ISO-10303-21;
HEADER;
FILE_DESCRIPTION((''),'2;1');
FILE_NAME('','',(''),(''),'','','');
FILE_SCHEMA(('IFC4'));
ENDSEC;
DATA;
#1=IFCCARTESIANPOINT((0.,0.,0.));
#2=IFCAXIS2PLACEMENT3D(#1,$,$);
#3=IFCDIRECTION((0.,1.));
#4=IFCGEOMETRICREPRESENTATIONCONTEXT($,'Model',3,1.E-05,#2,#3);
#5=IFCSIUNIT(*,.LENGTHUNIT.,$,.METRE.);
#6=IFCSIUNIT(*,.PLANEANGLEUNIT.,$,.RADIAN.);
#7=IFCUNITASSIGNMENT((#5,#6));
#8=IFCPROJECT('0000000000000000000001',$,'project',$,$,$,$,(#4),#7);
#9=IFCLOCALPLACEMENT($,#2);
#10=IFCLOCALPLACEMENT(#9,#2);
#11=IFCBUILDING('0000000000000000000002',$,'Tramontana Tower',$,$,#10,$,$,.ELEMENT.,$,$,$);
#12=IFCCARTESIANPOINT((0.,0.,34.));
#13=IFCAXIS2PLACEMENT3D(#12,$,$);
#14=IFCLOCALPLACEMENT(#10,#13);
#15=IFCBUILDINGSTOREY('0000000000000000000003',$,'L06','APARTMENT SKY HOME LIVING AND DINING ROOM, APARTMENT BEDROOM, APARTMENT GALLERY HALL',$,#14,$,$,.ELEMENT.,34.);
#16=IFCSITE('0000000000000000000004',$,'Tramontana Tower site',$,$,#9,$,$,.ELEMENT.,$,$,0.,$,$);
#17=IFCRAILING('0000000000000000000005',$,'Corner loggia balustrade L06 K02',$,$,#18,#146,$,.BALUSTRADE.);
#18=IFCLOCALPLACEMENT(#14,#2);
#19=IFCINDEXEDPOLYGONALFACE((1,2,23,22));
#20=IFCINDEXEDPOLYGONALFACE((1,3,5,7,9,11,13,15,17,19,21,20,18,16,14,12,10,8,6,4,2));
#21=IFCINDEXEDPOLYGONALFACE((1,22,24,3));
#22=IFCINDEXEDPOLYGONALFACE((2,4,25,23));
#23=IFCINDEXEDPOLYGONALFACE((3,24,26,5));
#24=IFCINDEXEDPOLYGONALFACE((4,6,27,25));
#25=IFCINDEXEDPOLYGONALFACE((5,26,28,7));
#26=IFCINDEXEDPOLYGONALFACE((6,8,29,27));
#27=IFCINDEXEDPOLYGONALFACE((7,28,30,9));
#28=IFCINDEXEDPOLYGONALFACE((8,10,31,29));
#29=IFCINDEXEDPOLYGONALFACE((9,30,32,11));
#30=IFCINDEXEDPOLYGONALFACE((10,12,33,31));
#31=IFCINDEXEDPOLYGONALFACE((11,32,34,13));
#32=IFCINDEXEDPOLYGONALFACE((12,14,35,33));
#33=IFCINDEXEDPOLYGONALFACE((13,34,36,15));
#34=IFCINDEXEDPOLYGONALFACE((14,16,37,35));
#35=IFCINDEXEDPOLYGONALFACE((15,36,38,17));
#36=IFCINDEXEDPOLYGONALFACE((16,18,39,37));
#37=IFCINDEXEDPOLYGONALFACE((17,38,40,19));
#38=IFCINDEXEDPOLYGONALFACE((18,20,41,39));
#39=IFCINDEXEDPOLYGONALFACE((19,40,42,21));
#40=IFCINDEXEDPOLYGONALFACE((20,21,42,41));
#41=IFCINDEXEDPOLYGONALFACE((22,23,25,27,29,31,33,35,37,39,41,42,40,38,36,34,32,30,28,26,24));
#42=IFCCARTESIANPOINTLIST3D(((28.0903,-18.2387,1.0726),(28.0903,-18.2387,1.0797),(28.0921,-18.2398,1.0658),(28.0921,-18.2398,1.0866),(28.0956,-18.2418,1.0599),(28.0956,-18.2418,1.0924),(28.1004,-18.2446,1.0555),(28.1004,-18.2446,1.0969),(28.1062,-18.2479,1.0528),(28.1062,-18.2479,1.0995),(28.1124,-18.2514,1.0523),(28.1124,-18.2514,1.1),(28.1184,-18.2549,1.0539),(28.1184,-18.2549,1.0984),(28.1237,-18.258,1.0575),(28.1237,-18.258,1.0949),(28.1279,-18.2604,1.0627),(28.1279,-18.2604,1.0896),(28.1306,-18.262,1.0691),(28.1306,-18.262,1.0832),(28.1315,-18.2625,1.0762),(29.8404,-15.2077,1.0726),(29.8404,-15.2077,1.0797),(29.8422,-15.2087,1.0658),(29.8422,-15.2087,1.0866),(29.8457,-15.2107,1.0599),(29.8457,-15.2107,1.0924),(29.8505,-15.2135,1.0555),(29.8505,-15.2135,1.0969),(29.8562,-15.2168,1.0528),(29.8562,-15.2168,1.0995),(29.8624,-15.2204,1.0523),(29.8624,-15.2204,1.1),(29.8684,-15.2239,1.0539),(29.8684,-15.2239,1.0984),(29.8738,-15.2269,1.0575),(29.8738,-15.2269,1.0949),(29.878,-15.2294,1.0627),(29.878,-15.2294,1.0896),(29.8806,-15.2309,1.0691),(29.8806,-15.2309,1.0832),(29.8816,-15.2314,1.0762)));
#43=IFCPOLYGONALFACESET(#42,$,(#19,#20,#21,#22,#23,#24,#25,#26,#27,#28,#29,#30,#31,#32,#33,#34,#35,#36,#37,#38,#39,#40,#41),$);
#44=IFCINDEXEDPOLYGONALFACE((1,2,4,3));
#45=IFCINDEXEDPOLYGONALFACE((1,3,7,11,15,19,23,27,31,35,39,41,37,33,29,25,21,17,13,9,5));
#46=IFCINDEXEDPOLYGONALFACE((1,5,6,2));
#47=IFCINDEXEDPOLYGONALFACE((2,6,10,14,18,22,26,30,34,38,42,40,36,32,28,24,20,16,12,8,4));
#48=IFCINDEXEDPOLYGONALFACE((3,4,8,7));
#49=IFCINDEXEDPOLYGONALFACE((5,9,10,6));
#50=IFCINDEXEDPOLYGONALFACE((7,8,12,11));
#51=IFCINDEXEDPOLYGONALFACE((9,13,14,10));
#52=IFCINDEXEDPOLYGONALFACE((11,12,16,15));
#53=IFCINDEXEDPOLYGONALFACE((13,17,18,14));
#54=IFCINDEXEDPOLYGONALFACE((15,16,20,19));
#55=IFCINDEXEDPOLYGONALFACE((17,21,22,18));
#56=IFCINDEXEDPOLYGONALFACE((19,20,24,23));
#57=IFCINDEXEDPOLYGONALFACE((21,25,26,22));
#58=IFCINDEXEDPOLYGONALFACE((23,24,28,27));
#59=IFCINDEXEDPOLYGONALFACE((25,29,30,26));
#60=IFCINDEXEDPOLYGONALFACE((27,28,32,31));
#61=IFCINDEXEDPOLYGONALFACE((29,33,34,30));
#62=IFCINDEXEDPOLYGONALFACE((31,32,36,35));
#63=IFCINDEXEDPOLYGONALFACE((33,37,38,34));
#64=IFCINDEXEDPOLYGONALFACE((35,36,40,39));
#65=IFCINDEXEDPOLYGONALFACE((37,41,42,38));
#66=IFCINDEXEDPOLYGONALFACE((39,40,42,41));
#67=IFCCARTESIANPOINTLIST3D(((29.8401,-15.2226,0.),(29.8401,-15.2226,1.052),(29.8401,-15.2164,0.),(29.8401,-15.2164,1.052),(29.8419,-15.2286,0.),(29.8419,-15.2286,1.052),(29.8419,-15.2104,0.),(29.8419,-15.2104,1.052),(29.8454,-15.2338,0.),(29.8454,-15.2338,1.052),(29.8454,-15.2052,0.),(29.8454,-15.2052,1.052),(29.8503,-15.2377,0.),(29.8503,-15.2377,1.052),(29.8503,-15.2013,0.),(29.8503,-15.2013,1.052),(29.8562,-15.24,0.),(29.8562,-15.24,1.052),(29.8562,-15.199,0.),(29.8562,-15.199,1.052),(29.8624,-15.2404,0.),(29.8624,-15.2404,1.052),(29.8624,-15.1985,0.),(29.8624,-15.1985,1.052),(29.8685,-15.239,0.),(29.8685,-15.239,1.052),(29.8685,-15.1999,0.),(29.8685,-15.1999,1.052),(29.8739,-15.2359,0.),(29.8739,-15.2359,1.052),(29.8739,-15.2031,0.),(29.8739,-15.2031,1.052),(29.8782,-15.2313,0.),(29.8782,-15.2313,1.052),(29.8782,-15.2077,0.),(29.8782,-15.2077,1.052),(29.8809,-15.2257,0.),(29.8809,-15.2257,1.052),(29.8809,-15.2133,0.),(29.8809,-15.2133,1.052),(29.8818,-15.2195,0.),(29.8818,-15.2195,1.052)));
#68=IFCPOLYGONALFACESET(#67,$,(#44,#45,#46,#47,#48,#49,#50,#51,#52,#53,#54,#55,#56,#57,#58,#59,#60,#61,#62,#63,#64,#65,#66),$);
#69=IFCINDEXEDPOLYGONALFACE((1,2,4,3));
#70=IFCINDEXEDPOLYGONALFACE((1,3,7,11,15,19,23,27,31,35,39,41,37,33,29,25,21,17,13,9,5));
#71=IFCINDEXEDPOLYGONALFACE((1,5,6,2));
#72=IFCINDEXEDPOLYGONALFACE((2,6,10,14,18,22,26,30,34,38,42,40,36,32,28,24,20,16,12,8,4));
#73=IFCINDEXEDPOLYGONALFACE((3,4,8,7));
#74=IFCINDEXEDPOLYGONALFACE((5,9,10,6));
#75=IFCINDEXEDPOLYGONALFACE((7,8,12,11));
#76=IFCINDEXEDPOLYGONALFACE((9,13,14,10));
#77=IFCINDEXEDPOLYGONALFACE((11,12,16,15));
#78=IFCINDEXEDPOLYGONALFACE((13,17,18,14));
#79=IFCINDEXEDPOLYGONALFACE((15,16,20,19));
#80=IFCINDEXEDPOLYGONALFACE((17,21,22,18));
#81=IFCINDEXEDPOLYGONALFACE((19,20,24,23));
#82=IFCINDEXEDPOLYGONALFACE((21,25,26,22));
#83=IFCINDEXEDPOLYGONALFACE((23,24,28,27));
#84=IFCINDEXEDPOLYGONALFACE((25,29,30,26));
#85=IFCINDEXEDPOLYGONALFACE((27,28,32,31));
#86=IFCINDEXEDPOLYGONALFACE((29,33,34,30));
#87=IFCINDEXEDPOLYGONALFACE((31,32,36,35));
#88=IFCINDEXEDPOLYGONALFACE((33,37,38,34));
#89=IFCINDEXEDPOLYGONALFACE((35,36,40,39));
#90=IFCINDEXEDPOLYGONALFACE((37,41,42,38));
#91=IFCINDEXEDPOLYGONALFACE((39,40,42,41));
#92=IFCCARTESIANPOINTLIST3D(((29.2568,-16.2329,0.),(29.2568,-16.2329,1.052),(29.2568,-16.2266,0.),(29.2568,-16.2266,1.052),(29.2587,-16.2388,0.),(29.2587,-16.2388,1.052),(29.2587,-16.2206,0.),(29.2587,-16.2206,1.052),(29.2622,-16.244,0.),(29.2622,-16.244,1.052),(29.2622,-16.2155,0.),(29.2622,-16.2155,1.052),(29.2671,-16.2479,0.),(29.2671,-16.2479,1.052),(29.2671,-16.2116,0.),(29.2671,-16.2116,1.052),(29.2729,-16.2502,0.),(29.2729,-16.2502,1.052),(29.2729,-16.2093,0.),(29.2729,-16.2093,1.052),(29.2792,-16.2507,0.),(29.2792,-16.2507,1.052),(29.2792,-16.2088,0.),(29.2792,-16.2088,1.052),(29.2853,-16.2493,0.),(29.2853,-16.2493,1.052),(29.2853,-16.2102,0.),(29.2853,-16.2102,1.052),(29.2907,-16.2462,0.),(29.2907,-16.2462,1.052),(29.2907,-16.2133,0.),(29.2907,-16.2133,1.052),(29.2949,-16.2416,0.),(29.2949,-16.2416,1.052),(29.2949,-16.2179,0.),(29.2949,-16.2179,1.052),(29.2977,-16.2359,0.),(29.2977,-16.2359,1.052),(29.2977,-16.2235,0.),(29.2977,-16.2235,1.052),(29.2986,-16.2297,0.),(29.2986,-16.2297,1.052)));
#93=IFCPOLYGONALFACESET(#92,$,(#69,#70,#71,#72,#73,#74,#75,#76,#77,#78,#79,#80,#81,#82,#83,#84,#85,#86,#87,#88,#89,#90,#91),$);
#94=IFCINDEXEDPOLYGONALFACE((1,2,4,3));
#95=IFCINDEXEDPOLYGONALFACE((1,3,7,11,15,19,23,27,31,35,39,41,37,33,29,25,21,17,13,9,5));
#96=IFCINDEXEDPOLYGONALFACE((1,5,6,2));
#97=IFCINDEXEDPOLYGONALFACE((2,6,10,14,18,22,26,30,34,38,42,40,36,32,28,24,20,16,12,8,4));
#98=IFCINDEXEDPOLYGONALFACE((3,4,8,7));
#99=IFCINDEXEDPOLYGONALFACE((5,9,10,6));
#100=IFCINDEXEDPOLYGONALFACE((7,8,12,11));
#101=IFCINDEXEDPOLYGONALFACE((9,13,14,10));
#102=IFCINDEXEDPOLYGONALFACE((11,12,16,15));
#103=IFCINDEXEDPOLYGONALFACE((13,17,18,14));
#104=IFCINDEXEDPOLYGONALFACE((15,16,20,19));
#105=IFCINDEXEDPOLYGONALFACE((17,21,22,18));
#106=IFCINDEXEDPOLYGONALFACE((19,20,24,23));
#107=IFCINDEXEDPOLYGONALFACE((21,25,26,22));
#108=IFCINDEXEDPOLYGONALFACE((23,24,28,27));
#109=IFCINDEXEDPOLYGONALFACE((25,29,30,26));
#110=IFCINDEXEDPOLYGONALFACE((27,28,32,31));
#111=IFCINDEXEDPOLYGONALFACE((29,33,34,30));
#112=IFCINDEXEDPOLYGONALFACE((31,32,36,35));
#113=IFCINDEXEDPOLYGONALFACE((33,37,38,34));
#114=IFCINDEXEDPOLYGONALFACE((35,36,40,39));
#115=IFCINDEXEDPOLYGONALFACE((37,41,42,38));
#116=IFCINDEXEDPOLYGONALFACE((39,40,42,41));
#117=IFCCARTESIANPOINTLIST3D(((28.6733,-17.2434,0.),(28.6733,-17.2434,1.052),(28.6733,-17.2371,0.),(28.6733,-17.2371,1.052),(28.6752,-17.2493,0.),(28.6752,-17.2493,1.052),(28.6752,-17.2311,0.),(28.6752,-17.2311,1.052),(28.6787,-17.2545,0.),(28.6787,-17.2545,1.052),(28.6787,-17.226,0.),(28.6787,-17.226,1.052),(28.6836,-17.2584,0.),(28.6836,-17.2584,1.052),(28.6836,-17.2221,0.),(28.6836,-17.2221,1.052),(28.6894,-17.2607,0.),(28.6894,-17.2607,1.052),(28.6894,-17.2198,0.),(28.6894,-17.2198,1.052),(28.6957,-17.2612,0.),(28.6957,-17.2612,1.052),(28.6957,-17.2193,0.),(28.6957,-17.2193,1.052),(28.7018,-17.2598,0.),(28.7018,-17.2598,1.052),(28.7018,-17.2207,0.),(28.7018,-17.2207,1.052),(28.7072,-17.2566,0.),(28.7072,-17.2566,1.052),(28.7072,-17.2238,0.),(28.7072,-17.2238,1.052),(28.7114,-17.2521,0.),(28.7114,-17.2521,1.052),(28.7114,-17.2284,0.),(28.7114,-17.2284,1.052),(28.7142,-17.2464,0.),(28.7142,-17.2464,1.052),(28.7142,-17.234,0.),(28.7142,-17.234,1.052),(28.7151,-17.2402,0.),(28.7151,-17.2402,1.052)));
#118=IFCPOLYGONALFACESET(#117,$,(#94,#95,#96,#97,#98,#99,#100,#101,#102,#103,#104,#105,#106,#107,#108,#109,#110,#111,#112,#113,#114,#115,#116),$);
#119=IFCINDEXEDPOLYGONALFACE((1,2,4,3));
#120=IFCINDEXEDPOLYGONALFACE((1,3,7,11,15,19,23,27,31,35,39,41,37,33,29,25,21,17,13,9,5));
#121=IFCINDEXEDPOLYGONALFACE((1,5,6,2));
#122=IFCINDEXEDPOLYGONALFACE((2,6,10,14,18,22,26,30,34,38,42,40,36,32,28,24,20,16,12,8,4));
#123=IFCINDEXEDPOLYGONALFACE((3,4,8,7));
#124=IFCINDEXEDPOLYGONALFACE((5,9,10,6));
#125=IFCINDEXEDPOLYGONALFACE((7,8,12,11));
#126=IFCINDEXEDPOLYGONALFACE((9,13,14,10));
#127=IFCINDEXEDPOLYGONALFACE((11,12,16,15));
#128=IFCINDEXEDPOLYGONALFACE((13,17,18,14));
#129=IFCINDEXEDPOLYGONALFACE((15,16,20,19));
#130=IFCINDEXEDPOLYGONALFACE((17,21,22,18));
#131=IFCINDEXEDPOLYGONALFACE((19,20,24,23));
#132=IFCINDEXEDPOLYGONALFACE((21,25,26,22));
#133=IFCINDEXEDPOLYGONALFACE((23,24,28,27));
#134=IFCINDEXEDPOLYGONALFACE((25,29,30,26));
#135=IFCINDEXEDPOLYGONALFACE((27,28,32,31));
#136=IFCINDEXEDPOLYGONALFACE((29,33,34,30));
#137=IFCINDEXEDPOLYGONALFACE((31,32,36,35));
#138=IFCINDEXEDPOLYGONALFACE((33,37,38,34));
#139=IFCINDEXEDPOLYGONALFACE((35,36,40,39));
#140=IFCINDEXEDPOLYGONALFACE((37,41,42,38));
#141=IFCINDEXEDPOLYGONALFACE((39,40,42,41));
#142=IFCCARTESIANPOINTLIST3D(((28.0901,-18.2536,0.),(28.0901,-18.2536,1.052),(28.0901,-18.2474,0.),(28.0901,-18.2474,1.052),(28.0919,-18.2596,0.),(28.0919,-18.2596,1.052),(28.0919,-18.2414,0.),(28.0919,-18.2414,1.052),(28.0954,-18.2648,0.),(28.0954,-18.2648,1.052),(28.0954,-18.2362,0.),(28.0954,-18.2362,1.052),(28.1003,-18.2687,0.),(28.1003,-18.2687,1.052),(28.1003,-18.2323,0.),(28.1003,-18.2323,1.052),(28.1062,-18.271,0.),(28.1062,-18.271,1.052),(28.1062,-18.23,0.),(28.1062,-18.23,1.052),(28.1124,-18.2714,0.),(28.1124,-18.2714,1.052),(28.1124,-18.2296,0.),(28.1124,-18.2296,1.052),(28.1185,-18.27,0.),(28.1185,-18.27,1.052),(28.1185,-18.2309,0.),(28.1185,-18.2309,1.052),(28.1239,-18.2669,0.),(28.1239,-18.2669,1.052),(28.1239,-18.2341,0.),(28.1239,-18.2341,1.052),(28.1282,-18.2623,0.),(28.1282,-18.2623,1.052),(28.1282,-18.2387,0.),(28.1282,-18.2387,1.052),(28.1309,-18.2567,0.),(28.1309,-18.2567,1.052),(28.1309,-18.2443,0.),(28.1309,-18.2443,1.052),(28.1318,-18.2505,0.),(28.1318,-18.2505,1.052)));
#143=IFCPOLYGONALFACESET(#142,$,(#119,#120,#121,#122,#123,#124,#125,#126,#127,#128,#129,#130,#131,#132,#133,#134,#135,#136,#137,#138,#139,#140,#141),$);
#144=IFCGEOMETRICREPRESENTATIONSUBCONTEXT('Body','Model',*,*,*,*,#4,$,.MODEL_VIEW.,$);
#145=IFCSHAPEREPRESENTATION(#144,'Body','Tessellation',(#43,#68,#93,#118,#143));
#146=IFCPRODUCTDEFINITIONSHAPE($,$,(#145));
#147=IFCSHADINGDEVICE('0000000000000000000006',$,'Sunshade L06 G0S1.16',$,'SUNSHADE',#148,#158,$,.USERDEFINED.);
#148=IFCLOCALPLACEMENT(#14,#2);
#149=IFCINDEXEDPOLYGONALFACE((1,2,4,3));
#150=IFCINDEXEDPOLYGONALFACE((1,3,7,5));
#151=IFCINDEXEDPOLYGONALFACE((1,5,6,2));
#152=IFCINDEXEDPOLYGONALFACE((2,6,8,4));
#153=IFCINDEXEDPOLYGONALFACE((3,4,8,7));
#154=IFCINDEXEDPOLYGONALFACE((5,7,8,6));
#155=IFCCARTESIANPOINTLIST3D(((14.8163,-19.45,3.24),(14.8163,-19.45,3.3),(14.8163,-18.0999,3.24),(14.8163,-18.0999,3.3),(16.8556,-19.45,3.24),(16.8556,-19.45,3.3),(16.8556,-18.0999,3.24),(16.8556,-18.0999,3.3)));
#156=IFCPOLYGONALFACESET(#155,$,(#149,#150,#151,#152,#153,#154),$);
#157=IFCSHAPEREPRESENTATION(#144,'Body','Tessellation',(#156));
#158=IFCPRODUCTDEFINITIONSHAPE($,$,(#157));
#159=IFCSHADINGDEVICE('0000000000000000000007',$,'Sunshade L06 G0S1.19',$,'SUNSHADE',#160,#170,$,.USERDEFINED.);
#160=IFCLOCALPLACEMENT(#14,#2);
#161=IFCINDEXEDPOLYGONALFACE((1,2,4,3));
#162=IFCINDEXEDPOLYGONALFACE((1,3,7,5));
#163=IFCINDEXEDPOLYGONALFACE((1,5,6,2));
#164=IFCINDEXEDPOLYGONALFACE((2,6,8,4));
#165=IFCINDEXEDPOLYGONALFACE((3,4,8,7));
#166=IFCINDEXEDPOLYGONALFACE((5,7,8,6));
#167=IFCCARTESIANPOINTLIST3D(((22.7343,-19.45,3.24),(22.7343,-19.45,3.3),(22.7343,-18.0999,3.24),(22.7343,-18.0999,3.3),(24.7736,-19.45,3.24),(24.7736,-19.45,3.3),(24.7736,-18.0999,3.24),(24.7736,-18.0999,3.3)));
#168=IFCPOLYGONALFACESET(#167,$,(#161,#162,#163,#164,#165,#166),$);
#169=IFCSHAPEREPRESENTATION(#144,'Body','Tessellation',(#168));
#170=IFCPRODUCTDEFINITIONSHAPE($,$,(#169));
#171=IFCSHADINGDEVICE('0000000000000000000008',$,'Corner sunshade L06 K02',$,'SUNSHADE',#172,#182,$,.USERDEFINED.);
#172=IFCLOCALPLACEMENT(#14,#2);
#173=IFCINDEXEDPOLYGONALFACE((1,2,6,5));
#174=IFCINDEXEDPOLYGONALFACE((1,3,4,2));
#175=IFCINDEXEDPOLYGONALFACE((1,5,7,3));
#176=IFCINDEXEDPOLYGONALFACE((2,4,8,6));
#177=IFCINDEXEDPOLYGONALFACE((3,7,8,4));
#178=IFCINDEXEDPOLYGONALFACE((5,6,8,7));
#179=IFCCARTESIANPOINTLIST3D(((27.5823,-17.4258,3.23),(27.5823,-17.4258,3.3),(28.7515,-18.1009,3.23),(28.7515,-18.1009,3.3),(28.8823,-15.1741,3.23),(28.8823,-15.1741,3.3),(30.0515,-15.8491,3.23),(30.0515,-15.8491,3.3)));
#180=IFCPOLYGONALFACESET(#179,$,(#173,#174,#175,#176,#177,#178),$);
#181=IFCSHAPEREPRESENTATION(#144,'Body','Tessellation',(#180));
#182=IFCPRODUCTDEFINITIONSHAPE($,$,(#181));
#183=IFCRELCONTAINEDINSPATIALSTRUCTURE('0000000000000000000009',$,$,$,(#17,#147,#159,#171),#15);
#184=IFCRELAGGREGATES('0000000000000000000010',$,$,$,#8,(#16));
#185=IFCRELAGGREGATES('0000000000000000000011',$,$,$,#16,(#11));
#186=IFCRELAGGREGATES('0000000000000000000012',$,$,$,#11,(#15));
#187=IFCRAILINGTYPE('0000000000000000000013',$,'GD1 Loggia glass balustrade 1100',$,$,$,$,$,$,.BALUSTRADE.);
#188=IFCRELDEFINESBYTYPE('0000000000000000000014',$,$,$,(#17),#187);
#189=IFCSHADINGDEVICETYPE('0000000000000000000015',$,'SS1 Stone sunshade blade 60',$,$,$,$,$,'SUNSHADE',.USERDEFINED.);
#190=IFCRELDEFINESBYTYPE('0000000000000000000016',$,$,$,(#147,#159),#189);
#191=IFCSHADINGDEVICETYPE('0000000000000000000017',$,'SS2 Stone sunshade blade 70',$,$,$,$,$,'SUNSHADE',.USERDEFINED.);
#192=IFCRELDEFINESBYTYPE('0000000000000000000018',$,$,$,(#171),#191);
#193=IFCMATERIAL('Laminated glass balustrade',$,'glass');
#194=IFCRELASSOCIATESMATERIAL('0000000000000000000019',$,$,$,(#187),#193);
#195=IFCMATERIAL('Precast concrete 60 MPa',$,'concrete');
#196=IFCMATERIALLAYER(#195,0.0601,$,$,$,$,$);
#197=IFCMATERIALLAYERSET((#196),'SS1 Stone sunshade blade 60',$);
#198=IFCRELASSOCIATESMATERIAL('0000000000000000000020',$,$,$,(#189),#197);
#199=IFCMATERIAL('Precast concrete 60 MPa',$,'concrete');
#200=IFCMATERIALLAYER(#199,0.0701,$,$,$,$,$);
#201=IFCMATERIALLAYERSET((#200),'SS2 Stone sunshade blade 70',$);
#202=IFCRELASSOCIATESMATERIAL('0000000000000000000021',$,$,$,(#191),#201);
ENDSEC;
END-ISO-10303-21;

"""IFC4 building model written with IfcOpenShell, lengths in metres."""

from ifc_helpers import new_model, si_unit, direction, frame, origin, origin_2d, place, context, subcontext, project, spatial, rectangle, circle, extrude, material, layer, layer_set, type_object, element, save


model = new_model("IFC4")

# Units and contexts
model_context = context("Model", 3, precision=1e-05, world=origin(), true_north=direction((0.0, 1.0)))
body_context = subcontext(model_context, "Body", "Model", "MODEL_VIEW")
ifc_project = project(units=[si_unit("LENGTHUNIT", "METRE"), si_unit("PLANEANGLEUNIT", "RADIAN")], contexts=[model_context])

# Site, building, storey
site_placement = place(None, origin())
site = spatial("IfcSite", under=ifc_project, at=site_placement, Name="Tramontana Tower site", CompositionType="ELEMENT", RefElevation=0.0)
building_placement = place(site_placement, origin())
building = spatial("IfcBuilding", under=site, at=building_placement, Name="Tramontana Tower", CompositionType="ELEMENT")
storey_placement = place(building_placement, frame((0.0, 0.0, 34.0)))
storey = spatial("IfcBuildingStorey", under=building, at=storey_placement, Name="L06", Description="APARTMENT SKY HOME LIVING AND DINING ROOM, APARTMENT BEDROOM, APARTMENT GALLERY HALL", CompositionType="ELEMENT", Elevation=34.0)

# Railing
ifc_material_1 = material(Name="Laminated glass balustrade", Category="glass")
railing_type = type_object("IfcRailingType", Name="GD1 Loggia glass balustrade 1100", PredefinedType="BALUSTRADE", material=ifc_material_1)
railing_placement = place(storey_placement, frame((29.8608, -15.2195, 0.0)))
element("IfcRailing", 1, at=railing_placement, inside=storey, type_object=railing_type, Name="Corner loggia balustrade L06 K02", PredefinedType="BALUSTRADE", context=body_context, shape_type="SweptSolid", body=[
    extrude(circle(Radius=0.0239, at=origin_2d()), frame((0.0, 0.0, 1.0762), z_axis=(-0.50001, -0.866019, 0.0), x_axis=(0.866019, -0.50001, 0.0)), (0.0, 0.0, 1.0), 3.5),
    extrude(circle(Radius=0.021, at=origin_2d()), origin(), (0.0, 0.0, 1.0), 1.052),
    extrude(circle(Radius=0.021, at=origin_2d()), frame((-0.5833, -1.0103, 0.0)), (0.0, 0.0, 1.0), 1.052),
    extrude(circle(Radius=0.021, at=origin_2d()), frame((-1.1667, -2.0208, 0.0)), (0.0, 0.0, 1.0), 1.052),
    extrude(circle(Radius=0.021, at=origin_2d()), frame((-1.75, -3.031, 0.0)), (0.0, 0.0, 1.0), 1.052),
])

# Shading devices
ifc_material_2 = material(Name="Precast concrete 60 MPa", Category="concrete")
ifc_layer_1 = layer(ifc_material_2, 0.0601)
ifc_layer_set_1 = layer_set([ifc_layer_1], Name="SS1 Stone sunshade blade 60")
shading_device_type_1 = type_object("IfcShadingDeviceType", Name="SS1 Stone sunshade blade 60", ElementType="SUNSHADE", PredefinedType="USERDEFINED", material=ifc_layer_set_1)
for number, where, z_axis, x_axis, name in (
    (2, (15.8359, -18.7749, 3.24), (0.0, 0.0, 1.0), (1.0, 0.0, 0.0), "Sunshade L06 G0S1.16"),
    (3, (23.7539, -18.7749, 3.24), (0.0, 0.0, 1.0), (1.0, 0.0, 0.0), "Sunshade L06 G0S1.19"),
):
    element("IfcShadingDevice", number, at=place(storey_placement, frame(where, z_axis=z_axis, x_axis=x_axis)), inside=storey, type_object=shading_device_type_1, Name=name, ObjectType="SUNSHADE", PredefinedType="USERDEFINED", context=body_context, shape_type="SweptSolid", body=[
        extrude(rectangle(XDim=2.0393, YDim=1.3501, at=origin_2d()), origin(), (0.0, 0.0, 1.0), 0.0601),
    ])
ifc_material_3 = material(Name="Precast concrete 60 MPa", Category="concrete")
ifc_layer_2 = layer(ifc_material_3, 0.0701)
ifc_layer_set_2 = layer_set([ifc_layer_2], Name="SS2 Stone sunshade blade 70")
shading_device_type_2 = type_object("IfcShadingDeviceType", Name="SS2 Stone sunshade blade 70", ElementType="SUNSHADE", PredefinedType="USERDEFINED", material=ifc_layer_set_2)
shading_device_placement = place(storey_placement, frame((28.8169, -16.6375, 3.23), z_axis=(0.0, 0.0, 1.0), x_axis=(-0.5, -0.866025, 0.0)))
element("IfcShadingDevice", 4, at=shading_device_placement, inside=storey, type_object=shading_device_type_2, Name="Corner sunshade L06 K02", ObjectType="SUNSHADE", PredefinedType="USERDEFINED", context=body_context, shape_type="SweptSolid", body=[
    extrude(rectangle(XDim=2.6001, YDim=1.3501, at=origin_2d()), origin(), (0.0, 0.0, 1.0), 0.0701),
])

save(model, "model.ifc")
